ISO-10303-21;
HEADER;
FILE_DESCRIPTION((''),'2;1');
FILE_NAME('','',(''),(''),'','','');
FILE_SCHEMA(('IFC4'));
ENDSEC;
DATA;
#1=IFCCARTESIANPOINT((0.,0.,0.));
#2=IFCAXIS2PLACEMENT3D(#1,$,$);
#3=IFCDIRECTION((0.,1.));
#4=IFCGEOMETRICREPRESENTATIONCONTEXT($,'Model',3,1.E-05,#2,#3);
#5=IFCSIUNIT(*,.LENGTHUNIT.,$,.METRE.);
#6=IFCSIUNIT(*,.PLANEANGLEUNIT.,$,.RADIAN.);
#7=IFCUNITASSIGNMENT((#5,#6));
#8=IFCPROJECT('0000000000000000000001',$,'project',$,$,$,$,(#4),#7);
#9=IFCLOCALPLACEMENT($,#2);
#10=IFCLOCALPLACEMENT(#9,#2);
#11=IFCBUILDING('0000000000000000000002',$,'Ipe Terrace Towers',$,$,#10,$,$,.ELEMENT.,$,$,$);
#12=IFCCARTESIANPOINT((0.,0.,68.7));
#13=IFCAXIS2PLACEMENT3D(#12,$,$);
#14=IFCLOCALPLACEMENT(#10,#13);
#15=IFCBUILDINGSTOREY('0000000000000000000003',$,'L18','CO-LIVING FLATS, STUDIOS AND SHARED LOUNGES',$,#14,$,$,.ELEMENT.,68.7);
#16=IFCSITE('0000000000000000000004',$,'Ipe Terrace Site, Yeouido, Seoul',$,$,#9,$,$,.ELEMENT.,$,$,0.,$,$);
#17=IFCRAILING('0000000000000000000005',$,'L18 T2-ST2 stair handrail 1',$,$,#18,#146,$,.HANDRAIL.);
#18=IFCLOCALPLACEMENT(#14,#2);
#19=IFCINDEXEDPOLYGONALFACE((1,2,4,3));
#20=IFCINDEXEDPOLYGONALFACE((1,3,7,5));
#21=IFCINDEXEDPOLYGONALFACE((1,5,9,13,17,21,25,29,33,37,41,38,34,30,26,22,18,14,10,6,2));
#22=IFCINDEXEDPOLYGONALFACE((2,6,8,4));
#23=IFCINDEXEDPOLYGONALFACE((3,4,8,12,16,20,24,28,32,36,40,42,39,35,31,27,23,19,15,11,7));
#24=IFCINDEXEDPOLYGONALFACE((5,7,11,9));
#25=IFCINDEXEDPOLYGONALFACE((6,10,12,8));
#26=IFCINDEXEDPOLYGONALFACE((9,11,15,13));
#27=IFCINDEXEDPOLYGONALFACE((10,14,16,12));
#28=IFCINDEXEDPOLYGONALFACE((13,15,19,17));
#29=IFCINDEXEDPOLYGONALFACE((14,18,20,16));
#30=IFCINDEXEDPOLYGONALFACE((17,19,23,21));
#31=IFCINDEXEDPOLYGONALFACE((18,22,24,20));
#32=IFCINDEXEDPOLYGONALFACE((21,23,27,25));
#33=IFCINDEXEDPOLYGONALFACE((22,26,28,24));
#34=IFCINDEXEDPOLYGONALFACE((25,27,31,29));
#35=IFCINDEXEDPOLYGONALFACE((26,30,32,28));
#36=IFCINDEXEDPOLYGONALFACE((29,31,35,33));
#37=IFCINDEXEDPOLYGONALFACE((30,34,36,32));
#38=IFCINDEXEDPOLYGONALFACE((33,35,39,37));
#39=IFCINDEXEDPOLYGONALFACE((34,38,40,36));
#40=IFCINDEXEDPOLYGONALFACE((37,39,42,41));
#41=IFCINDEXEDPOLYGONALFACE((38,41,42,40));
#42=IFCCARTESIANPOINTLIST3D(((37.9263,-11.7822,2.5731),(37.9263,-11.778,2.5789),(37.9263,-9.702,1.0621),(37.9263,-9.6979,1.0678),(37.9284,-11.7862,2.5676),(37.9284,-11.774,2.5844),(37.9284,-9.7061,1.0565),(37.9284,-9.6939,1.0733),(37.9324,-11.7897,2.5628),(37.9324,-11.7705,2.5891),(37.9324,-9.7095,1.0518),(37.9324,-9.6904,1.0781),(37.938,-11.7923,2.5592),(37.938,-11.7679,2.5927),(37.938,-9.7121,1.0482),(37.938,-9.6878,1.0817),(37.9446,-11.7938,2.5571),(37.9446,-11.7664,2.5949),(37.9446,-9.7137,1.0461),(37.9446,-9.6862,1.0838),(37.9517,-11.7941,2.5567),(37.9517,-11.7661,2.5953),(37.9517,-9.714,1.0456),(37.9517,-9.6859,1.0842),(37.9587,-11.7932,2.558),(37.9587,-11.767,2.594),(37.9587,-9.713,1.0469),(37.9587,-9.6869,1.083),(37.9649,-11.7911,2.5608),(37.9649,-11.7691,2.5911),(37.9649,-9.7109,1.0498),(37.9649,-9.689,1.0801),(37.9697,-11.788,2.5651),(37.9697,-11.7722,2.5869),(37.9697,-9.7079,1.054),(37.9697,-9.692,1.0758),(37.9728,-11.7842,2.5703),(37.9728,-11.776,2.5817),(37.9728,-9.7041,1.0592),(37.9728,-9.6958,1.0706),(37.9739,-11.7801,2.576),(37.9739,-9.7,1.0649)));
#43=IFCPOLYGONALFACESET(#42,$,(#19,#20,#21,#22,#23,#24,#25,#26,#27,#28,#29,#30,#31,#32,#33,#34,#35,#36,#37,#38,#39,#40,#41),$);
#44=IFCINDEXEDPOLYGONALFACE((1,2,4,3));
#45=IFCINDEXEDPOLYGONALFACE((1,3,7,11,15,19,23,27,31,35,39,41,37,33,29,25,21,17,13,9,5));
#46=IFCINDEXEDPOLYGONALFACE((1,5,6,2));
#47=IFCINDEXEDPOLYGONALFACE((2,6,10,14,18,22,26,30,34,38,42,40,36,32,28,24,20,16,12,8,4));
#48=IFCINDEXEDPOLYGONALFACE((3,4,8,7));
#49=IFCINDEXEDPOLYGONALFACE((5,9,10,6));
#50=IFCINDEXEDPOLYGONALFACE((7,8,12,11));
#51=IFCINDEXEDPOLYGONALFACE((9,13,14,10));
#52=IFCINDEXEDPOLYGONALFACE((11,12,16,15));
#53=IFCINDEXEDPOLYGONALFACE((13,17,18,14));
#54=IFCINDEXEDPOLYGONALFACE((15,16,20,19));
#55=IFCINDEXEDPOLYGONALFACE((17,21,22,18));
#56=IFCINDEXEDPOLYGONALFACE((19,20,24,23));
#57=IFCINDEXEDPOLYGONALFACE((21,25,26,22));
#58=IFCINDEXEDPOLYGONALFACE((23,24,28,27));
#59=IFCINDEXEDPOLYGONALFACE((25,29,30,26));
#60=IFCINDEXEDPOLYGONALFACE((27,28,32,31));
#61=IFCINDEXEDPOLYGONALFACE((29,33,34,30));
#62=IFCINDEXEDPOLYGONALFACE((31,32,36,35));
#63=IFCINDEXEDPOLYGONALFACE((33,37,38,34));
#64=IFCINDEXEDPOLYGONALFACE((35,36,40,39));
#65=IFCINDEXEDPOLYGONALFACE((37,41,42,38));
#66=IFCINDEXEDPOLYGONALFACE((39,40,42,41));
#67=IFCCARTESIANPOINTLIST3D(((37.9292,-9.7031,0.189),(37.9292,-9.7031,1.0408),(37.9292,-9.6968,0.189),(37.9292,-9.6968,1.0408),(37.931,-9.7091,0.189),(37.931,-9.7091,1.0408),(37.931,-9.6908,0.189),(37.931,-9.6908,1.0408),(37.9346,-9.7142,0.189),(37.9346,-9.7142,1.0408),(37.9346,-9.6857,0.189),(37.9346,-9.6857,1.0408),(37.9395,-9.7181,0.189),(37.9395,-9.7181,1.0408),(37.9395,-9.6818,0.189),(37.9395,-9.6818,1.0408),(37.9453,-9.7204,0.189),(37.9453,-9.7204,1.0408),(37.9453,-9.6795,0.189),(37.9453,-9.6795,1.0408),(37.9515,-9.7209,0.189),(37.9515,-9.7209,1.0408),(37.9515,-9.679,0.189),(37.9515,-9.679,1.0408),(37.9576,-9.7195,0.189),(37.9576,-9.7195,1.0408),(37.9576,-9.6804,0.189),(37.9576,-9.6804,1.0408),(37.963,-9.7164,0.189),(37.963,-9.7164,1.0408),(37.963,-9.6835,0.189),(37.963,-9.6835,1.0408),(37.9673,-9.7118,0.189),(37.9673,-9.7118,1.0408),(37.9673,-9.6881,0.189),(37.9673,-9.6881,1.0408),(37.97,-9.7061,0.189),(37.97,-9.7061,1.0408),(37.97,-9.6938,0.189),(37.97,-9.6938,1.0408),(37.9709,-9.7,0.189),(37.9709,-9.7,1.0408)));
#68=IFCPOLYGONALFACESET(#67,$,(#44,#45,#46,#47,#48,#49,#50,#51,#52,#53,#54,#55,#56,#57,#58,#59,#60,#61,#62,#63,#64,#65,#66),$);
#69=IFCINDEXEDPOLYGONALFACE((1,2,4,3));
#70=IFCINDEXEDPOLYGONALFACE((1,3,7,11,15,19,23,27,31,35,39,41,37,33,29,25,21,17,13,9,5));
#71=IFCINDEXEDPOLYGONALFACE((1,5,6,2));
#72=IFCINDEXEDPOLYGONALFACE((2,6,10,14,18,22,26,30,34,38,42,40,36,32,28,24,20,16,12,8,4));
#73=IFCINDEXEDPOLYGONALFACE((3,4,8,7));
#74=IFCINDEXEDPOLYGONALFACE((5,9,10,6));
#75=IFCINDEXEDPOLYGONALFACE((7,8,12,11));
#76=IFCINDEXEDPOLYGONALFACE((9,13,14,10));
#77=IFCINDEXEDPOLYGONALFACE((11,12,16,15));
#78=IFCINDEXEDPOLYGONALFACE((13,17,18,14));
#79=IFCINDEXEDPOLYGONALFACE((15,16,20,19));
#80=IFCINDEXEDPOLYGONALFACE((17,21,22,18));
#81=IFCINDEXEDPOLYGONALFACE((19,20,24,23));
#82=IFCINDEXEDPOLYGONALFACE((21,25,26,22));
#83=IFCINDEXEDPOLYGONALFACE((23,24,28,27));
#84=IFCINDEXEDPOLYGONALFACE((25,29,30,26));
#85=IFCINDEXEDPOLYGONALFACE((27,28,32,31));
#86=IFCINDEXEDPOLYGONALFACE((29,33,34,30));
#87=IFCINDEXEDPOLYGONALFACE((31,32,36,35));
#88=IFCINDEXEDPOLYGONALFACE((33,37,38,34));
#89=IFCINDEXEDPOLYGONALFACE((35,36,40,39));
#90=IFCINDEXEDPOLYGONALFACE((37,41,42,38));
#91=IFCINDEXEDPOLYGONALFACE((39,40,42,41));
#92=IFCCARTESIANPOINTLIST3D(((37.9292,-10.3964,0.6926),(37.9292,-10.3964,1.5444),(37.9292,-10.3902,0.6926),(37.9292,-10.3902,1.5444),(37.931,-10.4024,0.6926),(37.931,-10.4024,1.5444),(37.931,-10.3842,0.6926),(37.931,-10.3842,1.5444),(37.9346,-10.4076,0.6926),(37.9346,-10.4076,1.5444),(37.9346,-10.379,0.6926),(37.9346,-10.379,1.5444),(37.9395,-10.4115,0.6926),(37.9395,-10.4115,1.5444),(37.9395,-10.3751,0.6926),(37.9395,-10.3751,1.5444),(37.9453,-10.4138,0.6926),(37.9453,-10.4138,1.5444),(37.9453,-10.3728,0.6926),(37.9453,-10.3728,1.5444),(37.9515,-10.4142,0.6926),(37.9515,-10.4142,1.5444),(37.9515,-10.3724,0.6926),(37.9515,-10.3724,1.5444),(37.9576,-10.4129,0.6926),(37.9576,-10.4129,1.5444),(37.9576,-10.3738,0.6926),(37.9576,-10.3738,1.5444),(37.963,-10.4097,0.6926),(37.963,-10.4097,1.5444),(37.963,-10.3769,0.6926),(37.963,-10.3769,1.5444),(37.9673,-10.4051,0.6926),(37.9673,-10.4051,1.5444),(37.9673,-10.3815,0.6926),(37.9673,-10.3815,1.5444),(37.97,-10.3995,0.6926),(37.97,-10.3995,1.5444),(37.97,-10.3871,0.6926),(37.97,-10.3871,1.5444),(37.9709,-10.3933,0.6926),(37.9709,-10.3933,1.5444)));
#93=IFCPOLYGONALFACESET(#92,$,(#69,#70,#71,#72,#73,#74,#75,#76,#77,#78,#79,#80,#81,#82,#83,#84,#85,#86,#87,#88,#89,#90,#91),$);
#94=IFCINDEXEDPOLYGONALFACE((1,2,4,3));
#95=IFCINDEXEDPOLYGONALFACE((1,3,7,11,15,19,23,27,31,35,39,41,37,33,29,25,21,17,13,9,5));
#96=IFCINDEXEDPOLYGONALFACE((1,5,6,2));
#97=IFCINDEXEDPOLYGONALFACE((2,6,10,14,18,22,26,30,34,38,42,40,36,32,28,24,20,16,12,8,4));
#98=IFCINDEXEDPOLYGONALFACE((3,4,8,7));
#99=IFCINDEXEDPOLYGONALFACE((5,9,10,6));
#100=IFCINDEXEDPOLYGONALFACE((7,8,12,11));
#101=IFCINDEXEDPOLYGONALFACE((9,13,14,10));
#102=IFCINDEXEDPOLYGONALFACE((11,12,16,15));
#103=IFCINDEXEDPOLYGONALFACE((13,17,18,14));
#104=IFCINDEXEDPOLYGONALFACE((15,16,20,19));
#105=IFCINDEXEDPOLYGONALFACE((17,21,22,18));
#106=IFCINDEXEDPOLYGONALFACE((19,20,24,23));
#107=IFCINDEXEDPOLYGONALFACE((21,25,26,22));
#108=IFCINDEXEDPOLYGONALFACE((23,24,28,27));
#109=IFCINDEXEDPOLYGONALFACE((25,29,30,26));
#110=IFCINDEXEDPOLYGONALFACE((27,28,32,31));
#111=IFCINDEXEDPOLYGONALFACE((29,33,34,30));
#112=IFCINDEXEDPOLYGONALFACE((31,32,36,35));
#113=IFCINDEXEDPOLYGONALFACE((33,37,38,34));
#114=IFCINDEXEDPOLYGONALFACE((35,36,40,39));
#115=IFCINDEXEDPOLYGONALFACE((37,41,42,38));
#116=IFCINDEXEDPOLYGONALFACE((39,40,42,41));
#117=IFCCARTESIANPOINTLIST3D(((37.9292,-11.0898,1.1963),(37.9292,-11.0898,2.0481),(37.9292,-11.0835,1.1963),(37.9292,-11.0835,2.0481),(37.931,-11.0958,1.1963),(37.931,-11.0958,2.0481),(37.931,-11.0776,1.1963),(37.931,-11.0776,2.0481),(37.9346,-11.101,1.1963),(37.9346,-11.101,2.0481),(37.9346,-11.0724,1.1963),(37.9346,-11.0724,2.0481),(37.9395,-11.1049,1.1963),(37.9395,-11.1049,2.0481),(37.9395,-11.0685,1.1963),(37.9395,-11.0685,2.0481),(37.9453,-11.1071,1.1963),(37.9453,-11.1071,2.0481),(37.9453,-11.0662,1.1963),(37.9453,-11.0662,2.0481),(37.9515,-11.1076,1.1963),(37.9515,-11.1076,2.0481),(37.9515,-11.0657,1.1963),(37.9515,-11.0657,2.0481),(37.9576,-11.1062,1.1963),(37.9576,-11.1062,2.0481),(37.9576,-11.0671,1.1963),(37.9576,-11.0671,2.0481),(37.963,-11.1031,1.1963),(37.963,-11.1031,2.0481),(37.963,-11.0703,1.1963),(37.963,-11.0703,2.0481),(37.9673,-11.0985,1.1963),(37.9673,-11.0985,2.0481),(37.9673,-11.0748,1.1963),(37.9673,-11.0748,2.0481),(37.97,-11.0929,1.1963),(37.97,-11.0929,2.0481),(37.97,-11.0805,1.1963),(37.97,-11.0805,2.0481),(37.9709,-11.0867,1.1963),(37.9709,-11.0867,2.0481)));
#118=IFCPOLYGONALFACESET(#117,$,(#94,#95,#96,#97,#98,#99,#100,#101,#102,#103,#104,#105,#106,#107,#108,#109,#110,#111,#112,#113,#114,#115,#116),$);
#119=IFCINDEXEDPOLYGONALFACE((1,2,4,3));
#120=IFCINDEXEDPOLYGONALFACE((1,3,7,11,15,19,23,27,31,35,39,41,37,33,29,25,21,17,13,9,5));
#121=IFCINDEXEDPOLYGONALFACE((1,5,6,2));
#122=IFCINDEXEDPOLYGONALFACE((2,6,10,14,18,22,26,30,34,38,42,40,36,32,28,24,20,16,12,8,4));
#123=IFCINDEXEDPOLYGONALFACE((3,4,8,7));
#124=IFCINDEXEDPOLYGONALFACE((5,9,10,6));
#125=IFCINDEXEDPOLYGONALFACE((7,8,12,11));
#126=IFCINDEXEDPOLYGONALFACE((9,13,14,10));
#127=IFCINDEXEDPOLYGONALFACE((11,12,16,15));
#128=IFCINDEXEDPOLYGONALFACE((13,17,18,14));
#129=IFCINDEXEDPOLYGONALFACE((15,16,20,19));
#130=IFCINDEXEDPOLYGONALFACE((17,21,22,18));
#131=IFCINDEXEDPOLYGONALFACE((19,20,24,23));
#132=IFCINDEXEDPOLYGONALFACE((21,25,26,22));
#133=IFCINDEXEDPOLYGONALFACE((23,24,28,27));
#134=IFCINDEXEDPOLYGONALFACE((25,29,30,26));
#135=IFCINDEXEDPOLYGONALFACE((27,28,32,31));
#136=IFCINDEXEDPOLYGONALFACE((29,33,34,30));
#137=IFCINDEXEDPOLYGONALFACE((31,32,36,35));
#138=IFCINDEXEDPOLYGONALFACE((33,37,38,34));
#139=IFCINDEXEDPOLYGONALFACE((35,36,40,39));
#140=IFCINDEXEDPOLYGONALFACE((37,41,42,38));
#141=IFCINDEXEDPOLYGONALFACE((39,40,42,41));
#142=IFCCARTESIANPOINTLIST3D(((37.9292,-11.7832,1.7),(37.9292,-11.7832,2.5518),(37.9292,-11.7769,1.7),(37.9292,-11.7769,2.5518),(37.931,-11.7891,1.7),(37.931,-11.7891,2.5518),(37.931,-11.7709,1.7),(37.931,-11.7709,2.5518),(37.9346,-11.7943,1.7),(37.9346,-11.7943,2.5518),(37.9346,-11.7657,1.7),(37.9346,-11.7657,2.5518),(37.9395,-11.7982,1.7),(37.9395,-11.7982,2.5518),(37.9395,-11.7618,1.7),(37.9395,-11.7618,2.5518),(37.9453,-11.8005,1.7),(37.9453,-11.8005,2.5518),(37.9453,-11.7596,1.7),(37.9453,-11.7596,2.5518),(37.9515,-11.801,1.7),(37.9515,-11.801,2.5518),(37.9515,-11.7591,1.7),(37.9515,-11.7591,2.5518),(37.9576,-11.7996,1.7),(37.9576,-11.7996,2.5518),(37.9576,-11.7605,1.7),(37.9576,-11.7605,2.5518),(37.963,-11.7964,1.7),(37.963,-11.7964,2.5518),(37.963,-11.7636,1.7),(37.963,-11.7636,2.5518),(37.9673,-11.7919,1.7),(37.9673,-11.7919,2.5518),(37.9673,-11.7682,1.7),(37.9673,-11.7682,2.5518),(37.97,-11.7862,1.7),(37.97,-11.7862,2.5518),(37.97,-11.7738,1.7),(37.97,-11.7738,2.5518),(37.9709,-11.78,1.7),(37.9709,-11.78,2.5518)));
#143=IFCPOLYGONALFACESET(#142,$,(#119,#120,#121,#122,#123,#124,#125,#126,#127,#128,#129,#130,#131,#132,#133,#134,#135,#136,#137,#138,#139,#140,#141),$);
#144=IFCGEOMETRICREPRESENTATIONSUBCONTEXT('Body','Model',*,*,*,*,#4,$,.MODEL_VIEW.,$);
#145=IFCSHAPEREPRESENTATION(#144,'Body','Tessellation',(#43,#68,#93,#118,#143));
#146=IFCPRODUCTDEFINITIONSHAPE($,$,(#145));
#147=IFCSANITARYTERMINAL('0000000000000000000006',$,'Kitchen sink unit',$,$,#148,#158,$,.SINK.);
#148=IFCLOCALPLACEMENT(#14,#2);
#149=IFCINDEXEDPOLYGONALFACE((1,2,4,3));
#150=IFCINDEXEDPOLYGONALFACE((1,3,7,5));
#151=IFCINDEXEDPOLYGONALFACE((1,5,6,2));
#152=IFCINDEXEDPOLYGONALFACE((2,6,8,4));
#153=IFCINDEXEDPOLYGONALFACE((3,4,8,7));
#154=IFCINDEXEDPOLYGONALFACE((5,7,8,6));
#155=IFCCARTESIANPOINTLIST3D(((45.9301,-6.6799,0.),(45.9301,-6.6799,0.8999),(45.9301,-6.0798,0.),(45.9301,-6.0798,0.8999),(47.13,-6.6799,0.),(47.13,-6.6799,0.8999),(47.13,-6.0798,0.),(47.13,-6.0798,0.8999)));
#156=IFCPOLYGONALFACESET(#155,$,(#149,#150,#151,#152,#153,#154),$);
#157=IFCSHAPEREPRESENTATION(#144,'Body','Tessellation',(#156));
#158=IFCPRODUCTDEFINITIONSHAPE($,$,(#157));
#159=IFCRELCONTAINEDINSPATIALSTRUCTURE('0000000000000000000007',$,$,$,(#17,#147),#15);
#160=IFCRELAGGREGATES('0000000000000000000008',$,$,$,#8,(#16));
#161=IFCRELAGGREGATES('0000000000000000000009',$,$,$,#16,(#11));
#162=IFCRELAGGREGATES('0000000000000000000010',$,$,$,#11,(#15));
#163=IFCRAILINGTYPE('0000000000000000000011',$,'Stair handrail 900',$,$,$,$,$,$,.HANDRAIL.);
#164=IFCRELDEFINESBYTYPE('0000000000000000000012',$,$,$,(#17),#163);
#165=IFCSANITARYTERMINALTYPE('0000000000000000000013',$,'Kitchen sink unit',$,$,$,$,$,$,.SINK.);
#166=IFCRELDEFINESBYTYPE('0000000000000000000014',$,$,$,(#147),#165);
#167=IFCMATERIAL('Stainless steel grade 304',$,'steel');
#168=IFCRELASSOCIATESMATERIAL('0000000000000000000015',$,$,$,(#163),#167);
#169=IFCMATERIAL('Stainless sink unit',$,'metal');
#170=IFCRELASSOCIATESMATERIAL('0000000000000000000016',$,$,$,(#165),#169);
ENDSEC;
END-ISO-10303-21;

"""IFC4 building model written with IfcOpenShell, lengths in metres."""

from ifc_helpers import new_model, si_unit, direction, frame, origin, origin_2d, place, context, subcontext, project, spatial, rectangle, circle, extrude, material, type_object, element, save


model = new_model("IFC4")

# Units and contexts
model_context = context("Model", 3, precision=1e-05, world=origin(), true_north=direction((0.0, 1.0)))
body_context = subcontext(model_context, "Body", "Model", "MODEL_VIEW")
ifc_project = project(units=[si_unit("LENGTHUNIT", "METRE"), si_unit("PLANEANGLEUNIT", "RADIAN")], contexts=[model_context])

# Site, building, storey
site_placement = place(None, origin())
site = spatial("IfcSite", under=ifc_project, at=site_placement, Name="Ipe Terrace Site, Yeouido, Seoul", CompositionType="ELEMENT", RefElevation=0.0)
building_placement = place(site_placement, origin())
building = spatial("IfcBuilding", under=site, at=building_placement, Name="Ipe Terrace Towers", CompositionType="ELEMENT")
storey_placement = place(building_placement, frame((0.0, 0.0, 68.7)))
storey = spatial("IfcBuildingStorey", under=building, at=storey_placement, Name="L18", Description="CO-LIVING FLATS, STUDIOS AND SHARED LOUNGES", CompositionType="ELEMENT", Elevation=68.7)

# Railing
ifc_material_1 = material(Name="Stainless steel grade 304", Category="steel")
railing_type_1 = type_object("IfcRailingType", Name="Stair handrail 900", PredefinedType="HANDRAIL", material=ifc_material_1)
railing_1_placement = place(storey_placement, frame((37.95, -9.7, 0.189)))
element("IfcRailing", 1, at=railing_1_placement, inside=storey, type_object=railing_type_1, Name="L18 T2-ST2 stair handrail 1", PredefinedType="HANDRAIL", context=body_context, shape_type="SweptSolid", body=[
    extrude(circle(Radius=0.0239, at=origin_2d()), frame((0.0, 0.0, 0.876), z_axis=(0.0, -0.809069, 0.587714), x_axis=(1.0, 0.0, 0.0)), (0.0, 0.0, 1.0), 2.571),
    extrude(circle(Radius=0.021, at=origin_2d()), origin(), (0.0, 0.0, 1.0), 0.8518),
    extrude(circle(Radius=0.021, at=origin_2d()), frame((0.0, -0.6934, 0.5037)), (0.0, 0.0, 1.0), 0.8518),
    extrude(circle(Radius=0.021, at=origin_2d()), frame((0.0, -1.3867, 1.0073)), (0.0, 0.0, 1.0), 0.8518),
    extrude(circle(Radius=0.021, at=origin_2d()), frame((0.0, -2.0801, 1.511)), (0.0, 0.0, 1.0), 0.8518),
])

# Sanitary terminal
ifc_material_2 = material(Name="Stainless sink unit", Category="metal")
sanitary_terminal_type = type_object("IfcSanitaryTerminalType", Name="Kitchen sink unit", PredefinedType="SINK", material=ifc_material_2)
sanitary_terminal_placement = place(storey_placement, frame((46.53, -6.3799, 0.0), z_axis=(0.0, 0.0, 1.0), x_axis=(-1.0, 0.0, 0.0)))
element("IfcSanitaryTerminal", 2, at=sanitary_terminal_placement, inside=storey, type_object=sanitary_terminal_type, Name="Kitchen sink unit", PredefinedType="SINK", context=body_context, shape_type="SweptSolid", body=[
    extrude(rectangle(XDim=1.2, YDim=0.6001, at=origin_2d()), origin(), (0.0, 0.0, 1.0), 0.8999),
])

save(model, "model.ifc")
